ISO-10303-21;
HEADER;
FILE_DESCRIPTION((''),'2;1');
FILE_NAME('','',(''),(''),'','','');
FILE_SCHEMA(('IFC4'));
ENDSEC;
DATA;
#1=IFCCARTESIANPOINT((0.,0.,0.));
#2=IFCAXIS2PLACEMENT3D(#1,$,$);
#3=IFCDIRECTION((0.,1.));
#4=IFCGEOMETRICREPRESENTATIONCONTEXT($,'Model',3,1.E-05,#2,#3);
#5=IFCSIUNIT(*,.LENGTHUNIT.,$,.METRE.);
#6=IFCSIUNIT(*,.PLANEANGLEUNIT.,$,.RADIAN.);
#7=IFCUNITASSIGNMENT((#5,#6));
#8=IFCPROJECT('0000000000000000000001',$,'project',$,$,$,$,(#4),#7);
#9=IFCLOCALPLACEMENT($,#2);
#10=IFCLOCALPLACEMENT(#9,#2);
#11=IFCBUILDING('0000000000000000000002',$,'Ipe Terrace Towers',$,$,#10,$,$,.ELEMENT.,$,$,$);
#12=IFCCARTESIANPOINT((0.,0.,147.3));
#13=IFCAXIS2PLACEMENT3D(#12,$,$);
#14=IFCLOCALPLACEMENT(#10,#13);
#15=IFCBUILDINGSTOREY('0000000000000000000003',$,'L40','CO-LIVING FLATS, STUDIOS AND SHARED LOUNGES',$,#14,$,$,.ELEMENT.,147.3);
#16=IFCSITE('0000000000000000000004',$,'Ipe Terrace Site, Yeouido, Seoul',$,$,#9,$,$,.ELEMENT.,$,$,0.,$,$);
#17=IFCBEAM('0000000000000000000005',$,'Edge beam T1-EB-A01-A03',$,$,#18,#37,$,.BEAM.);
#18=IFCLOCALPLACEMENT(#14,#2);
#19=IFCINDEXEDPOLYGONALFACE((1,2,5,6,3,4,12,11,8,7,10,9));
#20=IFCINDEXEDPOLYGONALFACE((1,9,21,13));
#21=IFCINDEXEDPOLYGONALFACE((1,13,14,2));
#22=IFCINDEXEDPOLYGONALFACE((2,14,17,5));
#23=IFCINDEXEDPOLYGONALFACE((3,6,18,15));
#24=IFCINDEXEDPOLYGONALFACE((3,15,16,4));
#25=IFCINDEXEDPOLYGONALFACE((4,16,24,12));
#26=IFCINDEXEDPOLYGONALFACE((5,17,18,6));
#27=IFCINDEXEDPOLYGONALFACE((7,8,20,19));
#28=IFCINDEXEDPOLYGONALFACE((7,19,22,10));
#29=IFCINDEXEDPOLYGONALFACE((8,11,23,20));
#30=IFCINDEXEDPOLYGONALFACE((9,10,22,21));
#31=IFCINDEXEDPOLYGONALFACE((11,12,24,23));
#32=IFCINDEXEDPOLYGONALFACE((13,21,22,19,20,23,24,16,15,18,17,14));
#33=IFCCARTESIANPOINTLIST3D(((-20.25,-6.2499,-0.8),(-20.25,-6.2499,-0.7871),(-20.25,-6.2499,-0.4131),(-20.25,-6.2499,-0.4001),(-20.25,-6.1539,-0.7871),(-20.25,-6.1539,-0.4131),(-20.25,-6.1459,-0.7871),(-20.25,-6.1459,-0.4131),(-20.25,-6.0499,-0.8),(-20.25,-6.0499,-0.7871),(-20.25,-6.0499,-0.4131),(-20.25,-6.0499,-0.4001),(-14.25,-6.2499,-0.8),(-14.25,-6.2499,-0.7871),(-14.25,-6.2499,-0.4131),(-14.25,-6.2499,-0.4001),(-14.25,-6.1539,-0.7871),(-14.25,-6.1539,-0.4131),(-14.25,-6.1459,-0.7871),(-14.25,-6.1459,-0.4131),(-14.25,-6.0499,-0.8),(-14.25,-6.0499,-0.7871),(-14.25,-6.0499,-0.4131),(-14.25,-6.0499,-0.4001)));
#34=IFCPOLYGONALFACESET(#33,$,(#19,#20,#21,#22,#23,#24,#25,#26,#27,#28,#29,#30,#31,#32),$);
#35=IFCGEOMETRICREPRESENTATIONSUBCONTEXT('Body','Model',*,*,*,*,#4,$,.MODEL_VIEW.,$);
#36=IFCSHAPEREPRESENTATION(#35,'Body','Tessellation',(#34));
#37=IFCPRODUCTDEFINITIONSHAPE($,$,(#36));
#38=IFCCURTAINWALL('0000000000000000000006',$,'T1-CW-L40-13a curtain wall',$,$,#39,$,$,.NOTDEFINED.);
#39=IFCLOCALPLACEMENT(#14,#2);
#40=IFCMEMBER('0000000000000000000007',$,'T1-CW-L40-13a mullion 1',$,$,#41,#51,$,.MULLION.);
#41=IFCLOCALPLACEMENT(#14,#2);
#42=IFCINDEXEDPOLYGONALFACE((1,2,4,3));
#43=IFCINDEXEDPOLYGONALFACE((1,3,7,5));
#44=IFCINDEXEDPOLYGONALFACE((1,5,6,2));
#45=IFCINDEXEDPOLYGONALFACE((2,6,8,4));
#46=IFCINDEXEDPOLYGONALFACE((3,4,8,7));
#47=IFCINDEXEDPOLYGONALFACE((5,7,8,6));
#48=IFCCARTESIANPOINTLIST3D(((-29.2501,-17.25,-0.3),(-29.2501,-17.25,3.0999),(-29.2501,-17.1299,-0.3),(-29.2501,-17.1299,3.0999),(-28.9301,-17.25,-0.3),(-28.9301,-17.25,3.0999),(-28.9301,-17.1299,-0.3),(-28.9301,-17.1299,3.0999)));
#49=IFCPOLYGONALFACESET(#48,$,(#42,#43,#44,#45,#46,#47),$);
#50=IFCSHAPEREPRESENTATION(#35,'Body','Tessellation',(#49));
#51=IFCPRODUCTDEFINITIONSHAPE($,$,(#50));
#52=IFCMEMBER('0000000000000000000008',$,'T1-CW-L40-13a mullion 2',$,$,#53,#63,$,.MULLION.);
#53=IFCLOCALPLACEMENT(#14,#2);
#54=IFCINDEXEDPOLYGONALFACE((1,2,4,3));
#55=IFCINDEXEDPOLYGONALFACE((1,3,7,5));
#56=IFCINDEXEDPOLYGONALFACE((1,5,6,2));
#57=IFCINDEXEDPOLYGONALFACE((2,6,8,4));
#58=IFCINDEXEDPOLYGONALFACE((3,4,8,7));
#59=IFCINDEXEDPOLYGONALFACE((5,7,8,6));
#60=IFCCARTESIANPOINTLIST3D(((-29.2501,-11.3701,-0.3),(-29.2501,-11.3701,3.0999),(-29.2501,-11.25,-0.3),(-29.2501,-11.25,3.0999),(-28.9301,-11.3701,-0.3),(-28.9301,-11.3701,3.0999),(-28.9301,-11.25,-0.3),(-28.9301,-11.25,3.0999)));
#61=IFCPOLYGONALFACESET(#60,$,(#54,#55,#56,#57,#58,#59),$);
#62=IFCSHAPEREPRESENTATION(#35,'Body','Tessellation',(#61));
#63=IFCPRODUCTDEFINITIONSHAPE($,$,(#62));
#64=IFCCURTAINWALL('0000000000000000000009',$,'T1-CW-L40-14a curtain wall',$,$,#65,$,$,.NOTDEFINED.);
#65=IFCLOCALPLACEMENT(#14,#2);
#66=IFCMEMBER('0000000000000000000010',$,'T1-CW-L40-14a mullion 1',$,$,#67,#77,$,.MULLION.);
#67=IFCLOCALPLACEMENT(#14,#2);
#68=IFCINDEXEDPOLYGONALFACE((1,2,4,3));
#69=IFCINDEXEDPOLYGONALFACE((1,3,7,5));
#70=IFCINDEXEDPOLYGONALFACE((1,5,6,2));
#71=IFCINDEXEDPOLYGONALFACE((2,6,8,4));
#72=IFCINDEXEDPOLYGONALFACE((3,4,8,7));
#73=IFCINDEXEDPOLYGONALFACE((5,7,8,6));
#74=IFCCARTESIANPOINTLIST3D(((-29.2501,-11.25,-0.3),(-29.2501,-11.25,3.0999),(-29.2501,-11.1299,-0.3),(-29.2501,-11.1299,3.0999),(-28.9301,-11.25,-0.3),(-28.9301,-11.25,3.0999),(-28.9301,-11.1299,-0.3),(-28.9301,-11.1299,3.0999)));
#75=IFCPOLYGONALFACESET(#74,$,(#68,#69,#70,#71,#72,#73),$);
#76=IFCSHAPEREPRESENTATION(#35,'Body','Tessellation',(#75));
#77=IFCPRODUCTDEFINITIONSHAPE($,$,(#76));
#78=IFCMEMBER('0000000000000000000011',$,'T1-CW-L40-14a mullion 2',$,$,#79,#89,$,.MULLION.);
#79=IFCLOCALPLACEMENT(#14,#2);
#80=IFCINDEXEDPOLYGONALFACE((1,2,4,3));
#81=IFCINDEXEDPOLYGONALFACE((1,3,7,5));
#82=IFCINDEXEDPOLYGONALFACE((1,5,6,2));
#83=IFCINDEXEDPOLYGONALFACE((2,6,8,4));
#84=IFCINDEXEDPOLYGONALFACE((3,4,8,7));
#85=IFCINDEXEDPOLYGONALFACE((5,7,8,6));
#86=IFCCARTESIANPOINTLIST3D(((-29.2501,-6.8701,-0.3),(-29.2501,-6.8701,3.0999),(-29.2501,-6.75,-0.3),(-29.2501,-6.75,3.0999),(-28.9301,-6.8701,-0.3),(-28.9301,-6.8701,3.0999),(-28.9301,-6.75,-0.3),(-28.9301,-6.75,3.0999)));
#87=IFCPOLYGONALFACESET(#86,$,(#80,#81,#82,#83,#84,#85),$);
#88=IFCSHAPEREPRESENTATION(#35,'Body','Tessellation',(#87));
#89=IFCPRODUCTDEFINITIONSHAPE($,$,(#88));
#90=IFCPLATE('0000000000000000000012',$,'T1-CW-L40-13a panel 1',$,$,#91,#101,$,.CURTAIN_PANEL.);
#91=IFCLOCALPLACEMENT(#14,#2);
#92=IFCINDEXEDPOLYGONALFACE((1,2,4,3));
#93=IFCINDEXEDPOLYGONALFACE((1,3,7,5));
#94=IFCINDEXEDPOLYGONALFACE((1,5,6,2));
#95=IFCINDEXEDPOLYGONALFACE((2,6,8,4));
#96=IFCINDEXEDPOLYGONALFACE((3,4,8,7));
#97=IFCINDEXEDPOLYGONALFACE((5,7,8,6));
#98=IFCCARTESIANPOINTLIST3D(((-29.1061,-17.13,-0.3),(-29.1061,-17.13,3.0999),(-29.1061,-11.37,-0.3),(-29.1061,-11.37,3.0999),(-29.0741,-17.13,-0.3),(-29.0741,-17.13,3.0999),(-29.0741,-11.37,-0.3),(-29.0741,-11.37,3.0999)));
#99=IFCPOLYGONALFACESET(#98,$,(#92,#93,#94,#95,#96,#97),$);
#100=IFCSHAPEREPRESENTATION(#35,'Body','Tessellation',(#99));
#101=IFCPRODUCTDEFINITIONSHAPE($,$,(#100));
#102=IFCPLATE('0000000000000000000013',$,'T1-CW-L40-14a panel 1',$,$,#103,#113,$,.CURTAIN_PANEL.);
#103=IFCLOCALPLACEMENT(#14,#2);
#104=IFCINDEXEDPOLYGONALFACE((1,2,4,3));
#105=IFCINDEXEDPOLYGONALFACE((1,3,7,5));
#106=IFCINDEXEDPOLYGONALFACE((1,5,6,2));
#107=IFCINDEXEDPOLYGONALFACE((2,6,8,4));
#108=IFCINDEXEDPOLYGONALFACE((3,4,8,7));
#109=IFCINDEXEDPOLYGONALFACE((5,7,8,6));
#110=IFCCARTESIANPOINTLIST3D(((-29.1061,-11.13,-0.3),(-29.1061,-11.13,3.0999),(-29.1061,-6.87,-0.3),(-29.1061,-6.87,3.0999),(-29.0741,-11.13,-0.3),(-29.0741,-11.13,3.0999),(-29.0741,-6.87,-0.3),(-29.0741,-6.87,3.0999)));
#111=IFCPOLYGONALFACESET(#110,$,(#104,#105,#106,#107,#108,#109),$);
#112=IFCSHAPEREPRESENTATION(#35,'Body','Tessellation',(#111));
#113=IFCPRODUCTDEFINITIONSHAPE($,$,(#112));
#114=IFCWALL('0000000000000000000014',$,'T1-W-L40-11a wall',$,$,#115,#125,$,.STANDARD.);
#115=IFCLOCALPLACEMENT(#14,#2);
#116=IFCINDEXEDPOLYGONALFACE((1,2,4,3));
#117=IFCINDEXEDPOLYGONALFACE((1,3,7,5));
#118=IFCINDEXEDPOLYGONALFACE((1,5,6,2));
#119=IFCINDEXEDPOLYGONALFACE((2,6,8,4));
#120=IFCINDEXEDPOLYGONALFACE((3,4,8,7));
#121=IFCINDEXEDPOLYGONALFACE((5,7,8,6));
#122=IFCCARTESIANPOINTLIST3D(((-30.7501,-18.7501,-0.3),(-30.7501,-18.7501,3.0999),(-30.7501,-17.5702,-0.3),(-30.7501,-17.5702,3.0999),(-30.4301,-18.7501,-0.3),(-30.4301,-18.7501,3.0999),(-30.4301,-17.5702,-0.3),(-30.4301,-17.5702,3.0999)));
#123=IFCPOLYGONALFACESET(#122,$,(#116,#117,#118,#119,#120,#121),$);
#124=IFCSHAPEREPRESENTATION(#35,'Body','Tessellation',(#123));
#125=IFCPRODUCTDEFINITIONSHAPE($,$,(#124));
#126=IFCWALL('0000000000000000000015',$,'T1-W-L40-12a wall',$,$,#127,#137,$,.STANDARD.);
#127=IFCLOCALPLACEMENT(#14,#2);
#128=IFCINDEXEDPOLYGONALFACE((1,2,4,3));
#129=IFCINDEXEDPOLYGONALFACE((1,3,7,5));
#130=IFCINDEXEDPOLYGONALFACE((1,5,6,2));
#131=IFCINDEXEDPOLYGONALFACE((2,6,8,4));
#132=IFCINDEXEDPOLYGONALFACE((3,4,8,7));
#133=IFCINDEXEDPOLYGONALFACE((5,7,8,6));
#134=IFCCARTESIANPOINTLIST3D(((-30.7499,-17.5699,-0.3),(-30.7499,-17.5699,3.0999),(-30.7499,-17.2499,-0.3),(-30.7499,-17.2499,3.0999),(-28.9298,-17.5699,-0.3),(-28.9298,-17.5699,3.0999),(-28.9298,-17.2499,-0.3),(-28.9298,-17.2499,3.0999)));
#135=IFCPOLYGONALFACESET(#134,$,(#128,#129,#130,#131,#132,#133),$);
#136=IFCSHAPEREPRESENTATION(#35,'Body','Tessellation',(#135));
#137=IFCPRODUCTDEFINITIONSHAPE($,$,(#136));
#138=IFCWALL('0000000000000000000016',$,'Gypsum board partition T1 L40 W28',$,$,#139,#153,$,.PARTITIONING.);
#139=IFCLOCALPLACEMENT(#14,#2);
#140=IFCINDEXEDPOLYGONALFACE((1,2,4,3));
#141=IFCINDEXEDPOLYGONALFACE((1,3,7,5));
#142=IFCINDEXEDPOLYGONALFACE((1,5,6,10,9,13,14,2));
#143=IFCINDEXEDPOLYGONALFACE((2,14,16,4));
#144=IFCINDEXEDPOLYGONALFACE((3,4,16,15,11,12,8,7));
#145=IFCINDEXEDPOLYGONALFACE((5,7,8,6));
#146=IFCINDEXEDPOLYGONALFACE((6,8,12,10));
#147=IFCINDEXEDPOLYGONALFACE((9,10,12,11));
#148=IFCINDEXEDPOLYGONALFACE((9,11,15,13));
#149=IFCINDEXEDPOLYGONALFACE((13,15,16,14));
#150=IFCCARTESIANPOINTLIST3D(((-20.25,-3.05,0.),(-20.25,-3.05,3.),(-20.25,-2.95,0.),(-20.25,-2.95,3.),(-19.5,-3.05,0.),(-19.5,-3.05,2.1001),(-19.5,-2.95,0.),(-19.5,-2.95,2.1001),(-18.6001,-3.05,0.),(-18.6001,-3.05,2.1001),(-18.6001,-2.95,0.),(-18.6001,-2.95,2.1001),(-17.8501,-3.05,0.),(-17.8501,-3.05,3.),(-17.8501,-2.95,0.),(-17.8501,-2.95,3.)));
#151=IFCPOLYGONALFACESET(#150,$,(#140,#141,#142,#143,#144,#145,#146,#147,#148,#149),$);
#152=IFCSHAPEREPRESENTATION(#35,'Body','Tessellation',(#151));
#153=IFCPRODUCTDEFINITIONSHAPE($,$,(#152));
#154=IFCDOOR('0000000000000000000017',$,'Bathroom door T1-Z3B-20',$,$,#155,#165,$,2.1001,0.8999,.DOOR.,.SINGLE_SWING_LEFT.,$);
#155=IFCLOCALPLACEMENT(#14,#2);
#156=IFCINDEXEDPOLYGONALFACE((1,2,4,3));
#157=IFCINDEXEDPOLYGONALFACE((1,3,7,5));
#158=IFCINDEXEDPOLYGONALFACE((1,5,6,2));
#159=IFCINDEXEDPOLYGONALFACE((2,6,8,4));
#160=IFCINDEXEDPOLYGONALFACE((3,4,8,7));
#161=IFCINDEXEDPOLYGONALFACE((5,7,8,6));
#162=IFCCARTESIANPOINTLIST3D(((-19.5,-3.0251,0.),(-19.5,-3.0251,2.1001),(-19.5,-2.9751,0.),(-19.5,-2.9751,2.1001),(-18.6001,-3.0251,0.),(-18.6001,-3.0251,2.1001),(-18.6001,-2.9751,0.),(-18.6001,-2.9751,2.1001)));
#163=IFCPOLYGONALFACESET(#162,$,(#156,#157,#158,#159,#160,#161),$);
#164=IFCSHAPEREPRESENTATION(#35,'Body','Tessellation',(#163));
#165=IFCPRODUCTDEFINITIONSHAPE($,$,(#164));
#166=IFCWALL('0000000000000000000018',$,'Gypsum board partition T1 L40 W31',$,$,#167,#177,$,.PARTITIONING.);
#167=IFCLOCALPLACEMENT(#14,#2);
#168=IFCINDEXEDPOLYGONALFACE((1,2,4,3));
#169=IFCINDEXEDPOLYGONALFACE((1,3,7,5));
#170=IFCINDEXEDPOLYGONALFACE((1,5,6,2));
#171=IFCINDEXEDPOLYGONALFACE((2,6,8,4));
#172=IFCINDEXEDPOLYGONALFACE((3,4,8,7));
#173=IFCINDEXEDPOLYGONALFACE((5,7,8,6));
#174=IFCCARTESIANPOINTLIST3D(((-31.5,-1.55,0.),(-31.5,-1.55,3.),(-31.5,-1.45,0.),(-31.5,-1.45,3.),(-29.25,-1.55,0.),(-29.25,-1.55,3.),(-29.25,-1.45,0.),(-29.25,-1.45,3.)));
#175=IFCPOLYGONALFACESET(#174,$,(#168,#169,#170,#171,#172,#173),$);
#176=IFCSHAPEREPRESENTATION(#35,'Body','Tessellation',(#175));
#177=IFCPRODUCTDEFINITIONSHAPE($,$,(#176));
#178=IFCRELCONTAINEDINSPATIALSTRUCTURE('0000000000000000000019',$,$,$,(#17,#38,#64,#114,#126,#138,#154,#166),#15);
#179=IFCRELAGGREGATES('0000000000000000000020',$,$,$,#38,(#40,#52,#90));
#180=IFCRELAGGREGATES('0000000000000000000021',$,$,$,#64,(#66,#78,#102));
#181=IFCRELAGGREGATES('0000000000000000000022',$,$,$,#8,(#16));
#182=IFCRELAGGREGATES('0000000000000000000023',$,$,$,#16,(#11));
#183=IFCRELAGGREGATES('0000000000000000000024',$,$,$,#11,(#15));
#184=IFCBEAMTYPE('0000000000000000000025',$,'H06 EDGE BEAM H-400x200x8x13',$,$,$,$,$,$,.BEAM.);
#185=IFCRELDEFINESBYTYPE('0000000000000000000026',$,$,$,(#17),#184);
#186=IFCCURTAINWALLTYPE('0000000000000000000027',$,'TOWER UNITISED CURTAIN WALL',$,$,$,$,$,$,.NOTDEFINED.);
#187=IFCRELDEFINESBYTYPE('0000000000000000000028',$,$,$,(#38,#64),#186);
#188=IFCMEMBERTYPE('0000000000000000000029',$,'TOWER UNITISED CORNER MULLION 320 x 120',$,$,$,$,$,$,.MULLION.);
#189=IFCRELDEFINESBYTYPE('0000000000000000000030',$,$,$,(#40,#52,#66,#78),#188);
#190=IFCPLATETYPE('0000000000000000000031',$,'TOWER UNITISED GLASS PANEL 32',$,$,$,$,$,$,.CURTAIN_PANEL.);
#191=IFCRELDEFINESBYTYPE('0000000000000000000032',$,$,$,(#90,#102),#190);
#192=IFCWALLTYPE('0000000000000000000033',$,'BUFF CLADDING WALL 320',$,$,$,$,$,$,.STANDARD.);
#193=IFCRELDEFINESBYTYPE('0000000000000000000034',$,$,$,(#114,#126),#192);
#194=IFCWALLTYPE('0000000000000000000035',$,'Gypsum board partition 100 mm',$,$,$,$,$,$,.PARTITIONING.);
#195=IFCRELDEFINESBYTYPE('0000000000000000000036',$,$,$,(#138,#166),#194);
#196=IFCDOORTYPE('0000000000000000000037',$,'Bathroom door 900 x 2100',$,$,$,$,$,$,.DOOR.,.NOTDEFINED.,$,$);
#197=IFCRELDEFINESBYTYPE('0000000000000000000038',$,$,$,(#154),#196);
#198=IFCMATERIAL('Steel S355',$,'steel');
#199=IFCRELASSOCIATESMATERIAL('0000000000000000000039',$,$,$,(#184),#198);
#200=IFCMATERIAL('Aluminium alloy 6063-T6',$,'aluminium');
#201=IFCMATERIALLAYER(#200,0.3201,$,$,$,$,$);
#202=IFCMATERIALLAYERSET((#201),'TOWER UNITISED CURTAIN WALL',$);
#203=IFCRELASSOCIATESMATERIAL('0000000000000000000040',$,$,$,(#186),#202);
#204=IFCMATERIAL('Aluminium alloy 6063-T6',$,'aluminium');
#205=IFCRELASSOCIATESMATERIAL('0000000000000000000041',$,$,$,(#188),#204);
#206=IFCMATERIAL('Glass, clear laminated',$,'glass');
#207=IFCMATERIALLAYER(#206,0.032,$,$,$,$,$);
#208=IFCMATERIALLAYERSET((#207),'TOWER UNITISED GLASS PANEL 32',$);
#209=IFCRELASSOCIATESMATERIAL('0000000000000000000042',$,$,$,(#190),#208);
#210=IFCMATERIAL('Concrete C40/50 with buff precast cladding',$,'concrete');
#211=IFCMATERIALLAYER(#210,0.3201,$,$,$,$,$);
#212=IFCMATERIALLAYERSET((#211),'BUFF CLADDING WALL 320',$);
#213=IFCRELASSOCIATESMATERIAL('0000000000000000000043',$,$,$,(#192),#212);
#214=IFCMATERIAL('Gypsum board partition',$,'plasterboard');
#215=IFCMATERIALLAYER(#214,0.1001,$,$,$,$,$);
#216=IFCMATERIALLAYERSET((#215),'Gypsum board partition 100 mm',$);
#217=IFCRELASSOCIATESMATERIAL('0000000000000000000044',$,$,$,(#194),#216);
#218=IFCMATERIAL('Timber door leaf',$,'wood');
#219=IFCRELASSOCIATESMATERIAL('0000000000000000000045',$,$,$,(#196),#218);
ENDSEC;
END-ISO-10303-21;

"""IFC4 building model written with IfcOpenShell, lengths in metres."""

from ifc_helpers import new_model, si_unit, direction, frame, frame_2d, origin, origin_2d, place, context, subcontext, project, spatial, rectangle, i_section, extrude, material, layer, layer_set, material_profile, profile_set, type_object, element, fill, aggregate, save


model = new_model("IFC4")

# Units and contexts
model_context = context("Model", 3, precision=1e-05, world=origin(), true_north=direction((0.0, 1.0)))
body_context = subcontext(model_context, "Body", "Model", "MODEL_VIEW")
ifc_project = project(units=[si_unit("LENGTHUNIT", "METRE"), si_unit("PLANEANGLEUNIT", "RADIAN")], contexts=[model_context])

# Site, building, storey
site_placement = place(None, origin())
site = spatial("IfcSite", under=ifc_project, at=site_placement, Name="Ipe Terrace Site, Yeouido, Seoul", CompositionType="ELEMENT", RefElevation=0.0)
building_placement = place(site_placement, origin())
building = spatial("IfcBuilding", under=site, at=building_placement, Name="Ipe Terrace Towers", CompositionType="ELEMENT")
storey_placement = place(building_placement, frame((0.0, 0.0, 147.3)))
storey = spatial("IfcBuildingStorey", under=building, at=storey_placement, Name="L40", Description="CO-LIVING FLATS, STUDIOS AND SHARED LOUNGES", CompositionType="ELEMENT", Elevation=147.3)

# Beam
ifc_material_1 = material(Name="Steel S355", Category="steel")
ifc_material_profile_1 = material_profile(ifc_material_1, i_section(OverallWidth=0.2, OverallDepth=0.3999, WebThickness=0.0081, FlangeThickness=0.0129, at=origin_2d()), Name="H-400x200x8x13")
ifc_profile_set_1 = profile_set([ifc_material_profile_1], Name="Steel S355")
beam_type_1 = type_object("IfcBeamType", Name="H06 EDGE BEAM H-400x200x8x13", PredefinedType="BEAM", material=ifc_profile_set_1)
beam_1_placement = place(storey_placement, frame((-20.25, -6.1499, -0.6001), z_axis=(1.0, 0.0, 0.0), x_axis=(0.0, 1.0, 0.0)))
element("IfcBeam", 1, at=beam_1_placement, inside=storey, type_object=beam_type_1, Name="Edge beam T1-EB-A01-A03", PredefinedType="BEAM", context=body_context, shape_type="SweptSolid", body=[
    extrude(i_section(OverallWidth=0.2, OverallDepth=0.3999, WebThickness=0.0081, FlangeThickness=0.0129, at=origin_2d()), origin(), (0.0, 0.0, 1.0), 6.0),
])

# Curtain walls, members
ifc_material_2 = material(Name="Aluminium alloy 6063-T6", Category="aluminium")
ifc_layer_1 = layer(ifc_material_2, 0.3201)
ifc_layer_set_1 = layer_set([ifc_layer_1], Name="TOWER UNITISED CURTAIN WALL")
curtain_wall_type = type_object("IfcCurtainWallType", Name="TOWER UNITISED CURTAIN WALL", PredefinedType="NOTDEFINED", material=ifc_layer_set_1)
curtain_wall_1_placement = place(storey_placement, origin())
curtain_wall_1 = element("IfcCurtainWall", 2, at=curtain_wall_1_placement, inside=storey, type_object=curtain_wall_type, Name="T1-CW-L40-13a curtain wall", PredefinedType="NOTDEFINED")
ifc_material_3 = material(Name="Aluminium alloy 6063-T6", Category="aluminium")
ifc_material_profile_2 = material_profile(ifc_material_3, rectangle(XDim=0.3201, YDim=0.1201, at=origin_2d()), Name="TOWER UNITISED CORNER MULLION 320 x 120")
ifc_profile_set_2 = profile_set([ifc_material_profile_2], Name="Aluminium alloy 6063-T6")
member_type = type_object("IfcMemberType", Name="TOWER UNITISED CORNER MULLION 320 x 120", PredefinedType="MULLION", material=ifc_profile_set_2)
member_1_placement = place(storey_placement, frame((-29.0901, -17.1899, -0.3), z_axis=(0.0, 0.0, 1.0), x_axis=(1.0, 0.0, 0.0)))
member_1 = element("IfcMember", 3, at=member_1_placement, type_object=member_type, Name="T1-CW-L40-13a mullion 1", PredefinedType="MULLION", context=body_context, shape_type="SweptSolid", body=[
    extrude(rectangle(XDim=0.3201, YDim=0.1201, at=origin_2d()), origin(), (0.0, 0.0, 1.0), 3.3999),
])
member_2_placement = place(storey_placement, frame((-29.0901, -11.3101, -0.3), z_axis=(0.0, 0.0, 1.0), x_axis=(1.0, 0.0, 0.0)))
member_2 = element("IfcMember", 4, at=member_2_placement, type_object=member_type, Name="T1-CW-L40-13a mullion 2", PredefinedType="MULLION", context=body_context, shape_type="SweptSolid", body=[
    extrude(rectangle(XDim=0.3201, YDim=0.1201, at=origin_2d()), origin(), (0.0, 0.0, 1.0), 3.3999),
])
curtain_wall_2_placement = place(storey_placement, origin())
curtain_wall_2 = element("IfcCurtainWall", 5, at=curtain_wall_2_placement, inside=storey, type_object=curtain_wall_type, Name="T1-CW-L40-14a curtain wall", PredefinedType="NOTDEFINED")
member_3_placement = place(storey_placement, frame((-29.0901, -11.1899, -0.3), z_axis=(0.0, 0.0, 1.0), x_axis=(1.0, 0.0, 0.0)))
member_3 = element("IfcMember", 6, at=member_3_placement, type_object=member_type, Name="T1-CW-L40-14a mullion 1", PredefinedType="MULLION", context=body_context, shape_type="SweptSolid", body=[
    extrude(rectangle(XDim=0.3201, YDim=0.1201, at=origin_2d()), origin(), (0.0, 0.0, 1.0), 3.3999),
])
member_4_placement = place(storey_placement, frame((-29.0901, -6.8101, -0.3), z_axis=(0.0, 0.0, 1.0), x_axis=(1.0, 0.0, 0.0)))
member_4 = element("IfcMember", 7, at=member_4_placement, type_object=member_type, Name="T1-CW-L40-14a mullion 2", PredefinedType="MULLION", context=body_context, shape_type="SweptSolid", body=[
    extrude(rectangle(XDim=0.3201, YDim=0.1201, at=origin_2d()), origin(), (0.0, 0.0, 1.0), 3.3999),
])

# Plates
ifc_material_4 = material(Name="Glass, clear laminated", Category="glass")
ifc_layer_2 = layer(ifc_material_4, 0.032)
ifc_layer_set_2 = layer_set([ifc_layer_2], Name="TOWER UNITISED GLASS PANEL 32")
plate_type = type_object("IfcPlateType", Name="TOWER UNITISED GLASS PANEL 32", PredefinedType="CURTAIN_PANEL", material=ifc_layer_set_2)
plate_1_placement = place(storey_placement, frame((-29.0901, -14.25, -0.3), z_axis=(0.0, 0.0, 1.0), x_axis=(0.0, 1.0, 0.0)))
plate_1 = element("IfcPlate", 8, at=plate_1_placement, type_object=plate_type, Name="T1-CW-L40-13a panel 1", PredefinedType="CURTAIN_PANEL", context=body_context, shape_type="SweptSolid", body=[
    extrude(rectangle(XDim=5.76, YDim=0.032, at=origin_2d()), origin(), (0.0, 0.0, 1.0), 3.3999),
])
aggregate(curtain_wall_1, [member_1, member_2, plate_1])
plate_2_placement = place(storey_placement, frame((-29.0901, -9.0, -0.3), z_axis=(0.0, 0.0, 1.0), x_axis=(0.0, 1.0, 0.0)))
plate_2 = element("IfcPlate", 9, at=plate_2_placement, type_object=plate_type, Name="T1-CW-L40-14a panel 1", PredefinedType="CURTAIN_PANEL", context=body_context, shape_type="SweptSolid", body=[
    extrude(rectangle(XDim=4.26, YDim=0.032, at=origin_2d()), origin(), (0.0, 0.0, 1.0), 3.3999),
])
aggregate(curtain_wall_2, [member_3, member_4, plate_2])

# Walls
ifc_material_5 = material(Name="Concrete C40/50 with buff precast cladding", Category="concrete")
ifc_layer_3 = layer(ifc_material_5, 0.3201)
ifc_layer_set_3 = layer_set([ifc_layer_3], Name="BUFF CLADDING WALL 320")
wall_type_1 = type_object("IfcWallType", Name="BUFF CLADDING WALL 320", PredefinedType="STANDARD", material=ifc_layer_set_3)
wall_1_placement = place(storey_placement, frame((-30.5901, -18.75, -0.3), z_axis=(0.0, 0.0, 1.0), x_axis=(0.0, 1.0, 0.0)))
element("IfcWall", 10, at=wall_1_placement, inside=storey, type_object=wall_type_1, Name="T1-W-L40-11a wall", PredefinedType="STANDARD", context=body_context, shape_type="SweptSolid", body=[
    extrude(rectangle(XDim=1.1799, YDim=0.3201, at=frame_2d((0.5898, 0.0))), origin(), (0.0, 0.0, 1.0), 3.3999),
])
wall_2_placement = place(storey_placement, frame((-30.75, -17.4099, -0.3), z_axis=(0.0, 0.0, 1.0), x_axis=(1.0, 0.0, 0.0)))
element("IfcWall", 11, at=wall_2_placement, inside=storey, type_object=wall_type_1, Name="T1-W-L40-12a wall", PredefinedType="STANDARD", context=body_context, shape_type="SweptSolid", body=[
    extrude(rectangle(XDim=1.8201, YDim=0.3201, at=frame_2d((0.9102, 0.0))), origin(), (0.0, 0.0, 1.0), 3.3999),
])

# Wall, opening, door
ifc_material_6 = material(Name="Gypsum board partition", Category="plasterboard")
ifc_layer_4 = layer(ifc_material_6, 0.1001)
ifc_layer_set_4 = layer_set([ifc_layer_4], Name="Gypsum board partition 100 mm")
wall_type_2 = type_object("IfcWallType", Name="Gypsum board partition 100 mm", PredefinedType="PARTITIONING", material=ifc_layer_set_4)
wall_3_placement = place(storey_placement, frame((-20.25, -3.0, 0.0), z_axis=(0.0, 0.0, 1.0), x_axis=(1.0, 0.0, 0.0)))
wall_3 = element("IfcWall", 12, at=wall_3_placement, inside=storey, type_object=wall_type_2, Name="Gypsum board partition T1 L40 W28", PredefinedType="PARTITIONING", context=body_context, shape_type="SweptSolid", body=[
    extrude(rectangle(XDim=2.3999, YDim=0.1001, at=frame_2d((1.2, 0.0))), origin(), (0.0, 0.0, 1.0), 3.0),
])
opening_1_placement = place(wall_3_placement, frame((0.75, 0.0, 0.0)))
opening_1 = element("IfcOpeningElement", 13, at=opening_1_placement, cuts=wall_3, PredefinedType="OPENING", context=body_context, shape_type="SweptSolid", body=[
    extrude(rectangle(XDim=0.8999, YDim=2.1001, at=frame_2d((0.45, 1.05))), frame((0.0, 0.0601, 0.0), z_axis=(0.0, -1.0, 0.0), x_axis=(1.0, 0.0, 0.0)), (0.0, 0.0, 1.0), 0.1201),
])
ifc_material_7 = material(Name="Timber door leaf", Category="wood")
door_type_1 = type_object("IfcDoorType", Name="Bathroom door 900 x 2100", OperationType="NOTDEFINED", PredefinedType="DOOR", material=ifc_material_7)
door_1_placement = place(opening_1_placement, origin())
door_1 = element("IfcDoor", 14, at=door_1_placement, inside=storey, type_object=door_type_1, Name="Bathroom door T1-Z3B-20", OperationType="SINGLE_SWING_LEFT", OverallHeight=2.1001, OverallWidth=0.8999, PredefinedType="DOOR", context=body_context, shape_type="SweptSolid", body=[
    extrude(rectangle(XDim=0.8999, YDim=2.1001, at=frame_2d((0.45, 1.05))), frame((0.0, 0.0249, 0.0), z_axis=(0.0, -1.0, 0.0), x_axis=(1.0, 0.0, 0.0)), (0.0, 0.0, 1.0), 0.05),
])
fill(opening_1, door_1)

# Wall
wall_4_placement = place(storey_placement, frame((-31.5, -1.5, 0.0), z_axis=(0.0, 0.0, 1.0), x_axis=(1.0, 0.0, 0.0)))
element("IfcWall", 15, at=wall_4_placement, inside=storey, type_object=wall_type_2, Name="Gypsum board partition T1 L40 W31", PredefinedType="PARTITIONING", context=body_context, shape_type="SweptSolid", body=[
    extrude(rectangle(XDim=2.25, YDim=0.1001, at=frame_2d((1.125, 0.0))), origin(), (0.0, 0.0, 1.0), 3.0),
])

save(model, "model.ifc")
